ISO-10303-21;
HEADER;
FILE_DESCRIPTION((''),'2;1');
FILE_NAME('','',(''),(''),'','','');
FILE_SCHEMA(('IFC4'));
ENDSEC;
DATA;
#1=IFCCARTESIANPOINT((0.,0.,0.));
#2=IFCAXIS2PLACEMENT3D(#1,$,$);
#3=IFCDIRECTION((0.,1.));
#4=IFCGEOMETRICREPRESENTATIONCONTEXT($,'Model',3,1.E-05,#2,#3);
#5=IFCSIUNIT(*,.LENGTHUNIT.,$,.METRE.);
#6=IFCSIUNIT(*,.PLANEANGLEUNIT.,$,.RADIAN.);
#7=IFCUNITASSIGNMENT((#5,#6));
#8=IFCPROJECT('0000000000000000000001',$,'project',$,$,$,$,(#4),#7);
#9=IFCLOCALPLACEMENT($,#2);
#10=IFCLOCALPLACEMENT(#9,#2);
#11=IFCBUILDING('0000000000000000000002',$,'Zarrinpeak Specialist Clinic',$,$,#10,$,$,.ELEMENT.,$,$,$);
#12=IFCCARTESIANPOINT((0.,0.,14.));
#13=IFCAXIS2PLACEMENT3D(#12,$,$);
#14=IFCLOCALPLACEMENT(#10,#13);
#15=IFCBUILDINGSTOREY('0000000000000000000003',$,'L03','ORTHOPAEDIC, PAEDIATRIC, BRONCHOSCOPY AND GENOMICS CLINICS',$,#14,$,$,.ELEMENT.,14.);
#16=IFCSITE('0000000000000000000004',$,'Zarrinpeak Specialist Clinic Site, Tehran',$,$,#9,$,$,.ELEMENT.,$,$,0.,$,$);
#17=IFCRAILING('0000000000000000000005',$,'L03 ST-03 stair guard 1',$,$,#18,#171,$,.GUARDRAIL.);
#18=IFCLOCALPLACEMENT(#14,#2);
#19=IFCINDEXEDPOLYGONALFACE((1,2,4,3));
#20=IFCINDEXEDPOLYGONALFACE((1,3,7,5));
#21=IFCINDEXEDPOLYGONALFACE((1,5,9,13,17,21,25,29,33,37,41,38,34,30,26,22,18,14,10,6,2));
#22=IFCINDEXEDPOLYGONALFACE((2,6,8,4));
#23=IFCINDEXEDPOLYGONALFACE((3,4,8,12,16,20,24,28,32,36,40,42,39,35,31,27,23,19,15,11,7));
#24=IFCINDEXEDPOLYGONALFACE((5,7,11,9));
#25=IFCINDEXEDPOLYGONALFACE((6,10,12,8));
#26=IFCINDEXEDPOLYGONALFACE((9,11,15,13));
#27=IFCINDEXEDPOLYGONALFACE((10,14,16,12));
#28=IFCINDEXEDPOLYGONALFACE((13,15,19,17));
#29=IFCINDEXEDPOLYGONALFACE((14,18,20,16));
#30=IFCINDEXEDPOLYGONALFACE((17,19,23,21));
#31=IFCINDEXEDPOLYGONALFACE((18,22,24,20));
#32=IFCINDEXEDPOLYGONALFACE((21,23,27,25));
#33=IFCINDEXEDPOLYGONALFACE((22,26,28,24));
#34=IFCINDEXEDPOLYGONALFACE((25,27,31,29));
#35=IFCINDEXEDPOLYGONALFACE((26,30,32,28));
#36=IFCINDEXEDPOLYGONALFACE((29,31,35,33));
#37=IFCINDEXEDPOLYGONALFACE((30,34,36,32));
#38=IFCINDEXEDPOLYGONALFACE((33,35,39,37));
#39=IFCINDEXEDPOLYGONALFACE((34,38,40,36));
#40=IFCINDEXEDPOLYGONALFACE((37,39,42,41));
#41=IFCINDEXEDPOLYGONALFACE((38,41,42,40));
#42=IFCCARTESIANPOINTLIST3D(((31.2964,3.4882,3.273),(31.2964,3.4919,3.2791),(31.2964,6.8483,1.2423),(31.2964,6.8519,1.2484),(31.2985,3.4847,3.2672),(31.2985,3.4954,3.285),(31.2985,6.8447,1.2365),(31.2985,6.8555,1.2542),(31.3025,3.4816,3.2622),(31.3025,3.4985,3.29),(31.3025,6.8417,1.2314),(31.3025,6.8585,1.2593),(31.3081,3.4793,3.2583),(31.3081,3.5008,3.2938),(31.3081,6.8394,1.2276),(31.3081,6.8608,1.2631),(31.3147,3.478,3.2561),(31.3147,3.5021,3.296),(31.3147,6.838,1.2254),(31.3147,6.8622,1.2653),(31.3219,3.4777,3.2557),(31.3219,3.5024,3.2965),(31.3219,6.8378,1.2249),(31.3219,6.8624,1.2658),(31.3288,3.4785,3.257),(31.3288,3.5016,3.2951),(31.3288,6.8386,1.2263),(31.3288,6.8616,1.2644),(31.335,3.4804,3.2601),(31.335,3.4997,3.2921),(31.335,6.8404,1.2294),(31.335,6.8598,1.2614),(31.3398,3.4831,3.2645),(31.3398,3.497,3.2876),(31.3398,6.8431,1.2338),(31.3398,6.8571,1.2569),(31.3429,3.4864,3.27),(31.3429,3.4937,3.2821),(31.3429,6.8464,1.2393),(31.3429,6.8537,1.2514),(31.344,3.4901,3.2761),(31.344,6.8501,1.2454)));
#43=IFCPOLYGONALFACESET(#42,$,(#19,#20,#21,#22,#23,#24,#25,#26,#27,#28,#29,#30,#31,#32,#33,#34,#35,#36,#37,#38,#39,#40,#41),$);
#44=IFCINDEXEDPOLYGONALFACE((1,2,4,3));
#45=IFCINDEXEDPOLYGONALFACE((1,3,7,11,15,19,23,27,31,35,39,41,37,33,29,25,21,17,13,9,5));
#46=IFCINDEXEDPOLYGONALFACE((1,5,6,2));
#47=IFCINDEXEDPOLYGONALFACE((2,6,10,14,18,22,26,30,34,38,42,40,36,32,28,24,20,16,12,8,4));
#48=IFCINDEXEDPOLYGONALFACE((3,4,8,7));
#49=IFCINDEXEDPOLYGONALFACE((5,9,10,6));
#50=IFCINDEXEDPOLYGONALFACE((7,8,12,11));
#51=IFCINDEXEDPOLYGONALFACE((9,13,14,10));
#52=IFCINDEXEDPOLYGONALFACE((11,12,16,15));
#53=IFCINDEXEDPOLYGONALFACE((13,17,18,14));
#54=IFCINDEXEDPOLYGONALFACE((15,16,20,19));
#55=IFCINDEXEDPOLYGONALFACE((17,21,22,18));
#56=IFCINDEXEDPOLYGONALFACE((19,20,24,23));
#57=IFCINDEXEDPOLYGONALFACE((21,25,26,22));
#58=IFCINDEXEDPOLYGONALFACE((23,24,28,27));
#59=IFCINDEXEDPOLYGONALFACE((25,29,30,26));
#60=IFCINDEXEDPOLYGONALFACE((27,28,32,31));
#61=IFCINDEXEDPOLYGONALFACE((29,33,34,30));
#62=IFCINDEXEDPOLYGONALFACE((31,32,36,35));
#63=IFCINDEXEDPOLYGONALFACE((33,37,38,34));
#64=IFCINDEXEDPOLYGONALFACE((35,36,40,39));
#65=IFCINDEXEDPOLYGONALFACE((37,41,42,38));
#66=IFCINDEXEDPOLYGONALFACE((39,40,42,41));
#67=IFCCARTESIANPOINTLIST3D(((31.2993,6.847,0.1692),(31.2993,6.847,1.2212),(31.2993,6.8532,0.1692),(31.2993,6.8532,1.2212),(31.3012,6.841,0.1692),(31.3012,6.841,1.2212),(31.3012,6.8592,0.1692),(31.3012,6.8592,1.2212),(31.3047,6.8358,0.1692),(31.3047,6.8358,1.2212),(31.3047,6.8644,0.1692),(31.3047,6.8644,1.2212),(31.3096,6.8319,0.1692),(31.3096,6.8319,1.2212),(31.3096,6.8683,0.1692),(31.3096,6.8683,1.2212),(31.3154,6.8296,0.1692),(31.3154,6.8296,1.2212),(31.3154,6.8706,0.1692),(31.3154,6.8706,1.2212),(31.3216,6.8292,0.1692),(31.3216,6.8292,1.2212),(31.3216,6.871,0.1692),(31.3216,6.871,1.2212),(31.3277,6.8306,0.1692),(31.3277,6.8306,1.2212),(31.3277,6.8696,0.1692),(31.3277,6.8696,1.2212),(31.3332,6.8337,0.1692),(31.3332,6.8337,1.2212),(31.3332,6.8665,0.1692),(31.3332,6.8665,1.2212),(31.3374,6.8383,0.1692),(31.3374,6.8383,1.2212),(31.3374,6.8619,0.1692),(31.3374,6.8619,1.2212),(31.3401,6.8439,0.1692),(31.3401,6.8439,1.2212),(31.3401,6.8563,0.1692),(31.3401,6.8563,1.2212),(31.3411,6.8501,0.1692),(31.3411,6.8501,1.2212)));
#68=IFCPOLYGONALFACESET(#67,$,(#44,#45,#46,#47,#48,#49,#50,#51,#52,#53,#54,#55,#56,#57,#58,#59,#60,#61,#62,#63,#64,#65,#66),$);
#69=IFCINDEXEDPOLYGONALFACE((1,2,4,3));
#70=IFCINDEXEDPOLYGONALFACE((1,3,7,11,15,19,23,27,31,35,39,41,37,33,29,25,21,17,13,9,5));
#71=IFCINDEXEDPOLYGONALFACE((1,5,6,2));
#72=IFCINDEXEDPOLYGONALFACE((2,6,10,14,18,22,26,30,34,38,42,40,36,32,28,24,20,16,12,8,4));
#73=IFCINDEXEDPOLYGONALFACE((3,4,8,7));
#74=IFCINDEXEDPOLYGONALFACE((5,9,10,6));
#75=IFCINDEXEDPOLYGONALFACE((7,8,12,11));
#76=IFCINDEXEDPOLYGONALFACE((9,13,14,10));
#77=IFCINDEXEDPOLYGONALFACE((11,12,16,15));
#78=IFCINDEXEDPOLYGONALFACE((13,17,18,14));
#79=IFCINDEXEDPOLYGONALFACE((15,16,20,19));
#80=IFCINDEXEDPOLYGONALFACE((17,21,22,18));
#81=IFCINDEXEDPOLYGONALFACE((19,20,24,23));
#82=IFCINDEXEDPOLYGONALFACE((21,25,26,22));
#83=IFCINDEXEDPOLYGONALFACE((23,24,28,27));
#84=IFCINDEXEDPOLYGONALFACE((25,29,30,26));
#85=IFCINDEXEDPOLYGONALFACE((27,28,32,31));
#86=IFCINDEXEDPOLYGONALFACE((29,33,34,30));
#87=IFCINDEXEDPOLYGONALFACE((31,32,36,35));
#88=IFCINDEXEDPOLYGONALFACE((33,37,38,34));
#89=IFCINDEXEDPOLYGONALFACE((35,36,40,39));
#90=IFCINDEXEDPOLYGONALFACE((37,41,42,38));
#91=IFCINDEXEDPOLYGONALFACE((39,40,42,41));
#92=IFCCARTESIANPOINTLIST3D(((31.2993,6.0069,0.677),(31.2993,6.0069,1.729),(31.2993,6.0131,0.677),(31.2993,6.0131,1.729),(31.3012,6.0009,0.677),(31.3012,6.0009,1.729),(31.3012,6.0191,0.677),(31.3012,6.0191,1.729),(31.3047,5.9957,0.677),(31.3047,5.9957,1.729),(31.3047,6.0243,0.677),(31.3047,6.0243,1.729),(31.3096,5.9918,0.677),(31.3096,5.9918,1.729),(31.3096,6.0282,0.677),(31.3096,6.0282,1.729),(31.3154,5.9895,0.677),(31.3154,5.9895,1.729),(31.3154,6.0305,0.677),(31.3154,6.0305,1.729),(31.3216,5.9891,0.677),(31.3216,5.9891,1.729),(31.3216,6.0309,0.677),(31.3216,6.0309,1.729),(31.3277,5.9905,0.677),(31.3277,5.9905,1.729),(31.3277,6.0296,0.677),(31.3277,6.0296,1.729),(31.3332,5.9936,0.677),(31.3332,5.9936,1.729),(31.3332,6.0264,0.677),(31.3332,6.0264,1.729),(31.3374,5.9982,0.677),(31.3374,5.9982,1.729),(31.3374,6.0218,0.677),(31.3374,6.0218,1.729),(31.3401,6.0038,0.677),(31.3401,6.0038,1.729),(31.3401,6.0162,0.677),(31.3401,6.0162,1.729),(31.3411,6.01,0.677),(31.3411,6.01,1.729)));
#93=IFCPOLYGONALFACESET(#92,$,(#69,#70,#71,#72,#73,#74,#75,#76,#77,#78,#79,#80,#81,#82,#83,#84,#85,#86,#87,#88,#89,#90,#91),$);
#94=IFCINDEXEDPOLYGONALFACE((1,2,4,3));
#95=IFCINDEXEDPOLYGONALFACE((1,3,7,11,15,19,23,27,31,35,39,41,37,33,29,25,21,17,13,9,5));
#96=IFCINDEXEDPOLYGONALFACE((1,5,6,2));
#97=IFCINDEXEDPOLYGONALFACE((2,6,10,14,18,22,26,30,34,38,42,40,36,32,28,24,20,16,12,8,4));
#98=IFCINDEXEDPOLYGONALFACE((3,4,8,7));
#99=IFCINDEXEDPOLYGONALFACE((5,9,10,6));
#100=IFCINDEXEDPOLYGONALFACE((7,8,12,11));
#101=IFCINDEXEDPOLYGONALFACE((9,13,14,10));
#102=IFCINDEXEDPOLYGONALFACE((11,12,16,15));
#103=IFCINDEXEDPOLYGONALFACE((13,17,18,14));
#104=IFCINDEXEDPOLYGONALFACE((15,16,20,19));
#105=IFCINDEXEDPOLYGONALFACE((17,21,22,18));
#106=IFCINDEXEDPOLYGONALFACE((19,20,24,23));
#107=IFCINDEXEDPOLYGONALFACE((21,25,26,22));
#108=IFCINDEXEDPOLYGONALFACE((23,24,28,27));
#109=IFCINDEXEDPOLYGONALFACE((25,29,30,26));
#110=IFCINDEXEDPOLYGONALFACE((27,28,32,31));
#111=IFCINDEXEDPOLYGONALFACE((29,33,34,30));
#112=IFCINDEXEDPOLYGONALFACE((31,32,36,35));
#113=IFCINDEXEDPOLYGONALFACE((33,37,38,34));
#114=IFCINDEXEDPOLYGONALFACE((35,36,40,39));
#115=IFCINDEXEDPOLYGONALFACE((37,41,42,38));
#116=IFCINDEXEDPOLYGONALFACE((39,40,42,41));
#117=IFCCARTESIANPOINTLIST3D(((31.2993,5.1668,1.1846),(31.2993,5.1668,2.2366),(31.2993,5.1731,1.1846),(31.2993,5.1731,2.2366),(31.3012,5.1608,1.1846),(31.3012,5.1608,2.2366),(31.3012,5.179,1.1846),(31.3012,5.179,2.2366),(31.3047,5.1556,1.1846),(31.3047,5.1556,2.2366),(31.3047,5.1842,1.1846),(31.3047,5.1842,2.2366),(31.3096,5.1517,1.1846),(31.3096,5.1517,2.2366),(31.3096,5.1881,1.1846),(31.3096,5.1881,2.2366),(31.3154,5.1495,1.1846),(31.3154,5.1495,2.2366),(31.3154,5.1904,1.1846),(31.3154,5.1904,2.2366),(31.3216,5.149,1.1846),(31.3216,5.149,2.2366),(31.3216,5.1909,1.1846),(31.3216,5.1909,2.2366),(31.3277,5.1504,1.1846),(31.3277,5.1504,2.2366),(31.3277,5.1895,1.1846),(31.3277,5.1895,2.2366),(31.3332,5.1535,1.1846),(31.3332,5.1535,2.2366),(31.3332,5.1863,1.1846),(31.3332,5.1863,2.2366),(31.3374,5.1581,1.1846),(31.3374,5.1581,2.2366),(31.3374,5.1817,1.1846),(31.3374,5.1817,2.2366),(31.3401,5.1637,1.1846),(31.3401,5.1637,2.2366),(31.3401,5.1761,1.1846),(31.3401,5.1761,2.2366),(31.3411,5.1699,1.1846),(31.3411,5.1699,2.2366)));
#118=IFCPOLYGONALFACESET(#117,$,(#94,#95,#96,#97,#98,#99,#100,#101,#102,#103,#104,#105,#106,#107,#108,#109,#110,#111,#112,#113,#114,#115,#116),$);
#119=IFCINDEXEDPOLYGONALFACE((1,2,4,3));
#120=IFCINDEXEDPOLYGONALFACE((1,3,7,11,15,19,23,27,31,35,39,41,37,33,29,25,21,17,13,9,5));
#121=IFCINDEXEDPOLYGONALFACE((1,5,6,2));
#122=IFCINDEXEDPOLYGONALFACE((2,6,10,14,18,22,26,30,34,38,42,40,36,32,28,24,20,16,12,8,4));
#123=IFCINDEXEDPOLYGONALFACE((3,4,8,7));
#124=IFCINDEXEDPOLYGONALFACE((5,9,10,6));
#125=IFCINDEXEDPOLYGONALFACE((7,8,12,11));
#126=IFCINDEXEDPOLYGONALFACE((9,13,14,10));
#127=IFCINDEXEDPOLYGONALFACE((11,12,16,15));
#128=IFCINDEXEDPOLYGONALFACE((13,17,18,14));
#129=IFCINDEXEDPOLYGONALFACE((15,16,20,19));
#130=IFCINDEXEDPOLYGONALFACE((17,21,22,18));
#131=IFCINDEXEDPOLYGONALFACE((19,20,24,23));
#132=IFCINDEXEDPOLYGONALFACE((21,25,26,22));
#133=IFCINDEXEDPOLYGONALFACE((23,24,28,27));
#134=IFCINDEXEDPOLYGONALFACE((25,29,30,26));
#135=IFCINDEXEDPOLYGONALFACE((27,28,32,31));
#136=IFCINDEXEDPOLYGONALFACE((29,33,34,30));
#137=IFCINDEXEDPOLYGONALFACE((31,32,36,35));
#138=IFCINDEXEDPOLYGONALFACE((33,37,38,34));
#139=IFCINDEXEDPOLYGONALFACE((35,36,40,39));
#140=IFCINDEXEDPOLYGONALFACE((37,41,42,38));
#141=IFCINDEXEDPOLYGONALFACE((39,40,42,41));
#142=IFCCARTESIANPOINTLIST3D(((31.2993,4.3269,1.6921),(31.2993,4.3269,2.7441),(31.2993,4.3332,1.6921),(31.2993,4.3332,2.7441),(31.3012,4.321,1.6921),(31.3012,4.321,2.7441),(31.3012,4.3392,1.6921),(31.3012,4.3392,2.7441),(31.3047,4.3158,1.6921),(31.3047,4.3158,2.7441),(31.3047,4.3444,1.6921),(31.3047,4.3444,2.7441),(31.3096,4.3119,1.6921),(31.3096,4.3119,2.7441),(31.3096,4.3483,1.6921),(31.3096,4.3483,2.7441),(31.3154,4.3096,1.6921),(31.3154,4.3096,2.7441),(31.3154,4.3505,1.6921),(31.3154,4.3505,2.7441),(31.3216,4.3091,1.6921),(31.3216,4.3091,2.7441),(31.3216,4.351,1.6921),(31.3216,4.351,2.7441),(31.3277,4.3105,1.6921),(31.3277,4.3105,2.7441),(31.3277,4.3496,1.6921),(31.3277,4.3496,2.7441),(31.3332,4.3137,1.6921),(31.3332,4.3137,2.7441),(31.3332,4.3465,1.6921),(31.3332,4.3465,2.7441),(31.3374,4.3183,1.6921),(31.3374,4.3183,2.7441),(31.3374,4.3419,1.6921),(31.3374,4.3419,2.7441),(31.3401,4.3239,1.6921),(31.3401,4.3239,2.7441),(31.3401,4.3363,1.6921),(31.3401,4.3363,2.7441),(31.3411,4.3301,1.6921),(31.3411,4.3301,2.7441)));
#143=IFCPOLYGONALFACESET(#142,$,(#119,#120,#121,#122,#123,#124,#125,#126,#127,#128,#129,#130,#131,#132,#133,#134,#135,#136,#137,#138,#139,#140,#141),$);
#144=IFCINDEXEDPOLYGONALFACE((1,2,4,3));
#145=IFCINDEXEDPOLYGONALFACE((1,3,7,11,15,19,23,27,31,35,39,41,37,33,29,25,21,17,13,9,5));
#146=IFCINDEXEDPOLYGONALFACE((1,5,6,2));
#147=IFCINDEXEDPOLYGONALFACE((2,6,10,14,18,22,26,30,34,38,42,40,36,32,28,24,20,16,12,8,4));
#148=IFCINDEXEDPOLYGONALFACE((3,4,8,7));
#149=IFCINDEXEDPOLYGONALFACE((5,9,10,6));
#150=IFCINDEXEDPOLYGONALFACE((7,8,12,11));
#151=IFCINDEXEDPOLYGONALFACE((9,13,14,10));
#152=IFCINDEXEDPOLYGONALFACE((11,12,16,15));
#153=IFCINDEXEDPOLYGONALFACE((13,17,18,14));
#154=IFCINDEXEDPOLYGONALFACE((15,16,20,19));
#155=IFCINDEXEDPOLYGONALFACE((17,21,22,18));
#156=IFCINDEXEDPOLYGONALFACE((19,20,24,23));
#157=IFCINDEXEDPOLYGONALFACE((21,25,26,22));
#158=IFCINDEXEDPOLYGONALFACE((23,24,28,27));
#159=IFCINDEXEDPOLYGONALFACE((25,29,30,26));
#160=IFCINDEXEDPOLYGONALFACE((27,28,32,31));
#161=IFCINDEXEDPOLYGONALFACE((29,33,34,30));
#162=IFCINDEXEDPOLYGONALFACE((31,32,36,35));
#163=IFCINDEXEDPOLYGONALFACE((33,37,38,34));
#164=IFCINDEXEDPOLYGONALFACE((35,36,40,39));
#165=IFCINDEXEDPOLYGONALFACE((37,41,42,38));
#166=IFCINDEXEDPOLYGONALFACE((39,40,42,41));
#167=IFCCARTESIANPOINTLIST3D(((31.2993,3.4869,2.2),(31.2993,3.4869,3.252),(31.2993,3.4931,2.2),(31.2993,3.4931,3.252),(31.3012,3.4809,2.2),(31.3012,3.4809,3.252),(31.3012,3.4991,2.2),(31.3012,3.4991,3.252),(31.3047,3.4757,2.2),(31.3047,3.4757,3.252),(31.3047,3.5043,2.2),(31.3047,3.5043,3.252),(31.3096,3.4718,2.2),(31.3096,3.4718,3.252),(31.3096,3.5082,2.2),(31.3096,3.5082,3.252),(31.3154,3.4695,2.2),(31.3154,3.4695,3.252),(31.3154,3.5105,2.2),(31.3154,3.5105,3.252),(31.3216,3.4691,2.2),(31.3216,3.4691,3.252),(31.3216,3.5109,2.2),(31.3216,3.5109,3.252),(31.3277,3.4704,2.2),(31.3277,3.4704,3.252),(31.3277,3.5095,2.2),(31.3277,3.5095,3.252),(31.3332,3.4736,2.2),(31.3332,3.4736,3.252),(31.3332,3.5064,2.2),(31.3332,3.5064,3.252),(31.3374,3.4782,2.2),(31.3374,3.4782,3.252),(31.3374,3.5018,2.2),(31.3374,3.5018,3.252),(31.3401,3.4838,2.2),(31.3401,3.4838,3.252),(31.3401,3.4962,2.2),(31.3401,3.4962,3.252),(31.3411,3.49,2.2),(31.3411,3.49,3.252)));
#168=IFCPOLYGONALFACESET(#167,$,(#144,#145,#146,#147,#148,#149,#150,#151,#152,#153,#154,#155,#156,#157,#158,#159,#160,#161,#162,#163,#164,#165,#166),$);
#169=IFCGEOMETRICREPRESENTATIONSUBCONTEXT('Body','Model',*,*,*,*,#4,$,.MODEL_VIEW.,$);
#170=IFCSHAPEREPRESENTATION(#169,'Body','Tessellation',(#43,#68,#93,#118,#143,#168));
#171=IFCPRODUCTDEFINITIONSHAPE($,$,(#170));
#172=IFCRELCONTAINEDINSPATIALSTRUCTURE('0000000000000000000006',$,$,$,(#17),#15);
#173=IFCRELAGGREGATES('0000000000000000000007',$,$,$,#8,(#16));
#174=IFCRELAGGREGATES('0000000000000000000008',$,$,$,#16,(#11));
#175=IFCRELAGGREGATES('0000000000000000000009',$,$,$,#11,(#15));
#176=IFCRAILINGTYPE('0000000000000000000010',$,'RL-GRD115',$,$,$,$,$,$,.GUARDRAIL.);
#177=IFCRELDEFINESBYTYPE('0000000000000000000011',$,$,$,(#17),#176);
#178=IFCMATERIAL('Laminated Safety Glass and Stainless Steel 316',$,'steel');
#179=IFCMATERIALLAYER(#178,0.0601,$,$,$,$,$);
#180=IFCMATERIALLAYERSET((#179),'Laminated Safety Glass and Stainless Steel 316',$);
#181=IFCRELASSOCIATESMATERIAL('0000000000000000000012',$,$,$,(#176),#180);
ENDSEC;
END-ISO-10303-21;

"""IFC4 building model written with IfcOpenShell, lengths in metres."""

from ifc_helpers import new_model, si_unit, direction, frame, origin, origin_2d, place, context, subcontext, project, spatial, circle, extrude, material, layer, layer_set, type_object, element, save


model = new_model("IFC4")

# Units and contexts
model_context = context("Model", 3, precision=1e-05, world=origin(), true_north=direction((0.0, 1.0)))
body_context = subcontext(model_context, "Body", "Model", "MODEL_VIEW")
ifc_project = project(units=[si_unit("LENGTHUNIT", "METRE"), si_unit("PLANEANGLEUNIT", "RADIAN")], contexts=[model_context])

# Site, building, storey
site_placement = place(None, origin())
site = spatial("IfcSite", under=ifc_project, at=site_placement, Name="Zarrinpeak Specialist Clinic Site, Tehran", CompositionType="ELEMENT", RefElevation=0.0)
building_placement = place(site_placement, origin())
building = spatial("IfcBuilding", under=site, at=building_placement, Name="Zarrinpeak Specialist Clinic", CompositionType="ELEMENT")
storey_placement = place(building_placement, frame((0.0, 0.0, 14.0)))
storey = spatial("IfcBuildingStorey", under=building, at=storey_placement, Name="L03", Description="ORTHOPAEDIC, PAEDIATRIC, BRONCHOSCOPY AND GENOMICS CLINICS", CompositionType="ELEMENT", Elevation=14.0)

# Railing
ifc_material_1 = material(Name="Laminated Safety Glass and Stainless Steel 316", Category="steel")
ifc_layer_1 = layer(ifc_material_1, 0.0601)
ifc_layer_set_1 = layer_set([ifc_layer_1], Name="Laminated Safety Glass and Stainless Steel 316")
railing_type_1 = type_object("IfcRailingType", Name="RL-GRD115", PredefinedType="GUARDRAIL", material=ifc_layer_set_1)
railing_1_placement = place(storey_placement, frame((31.3201, 6.8501, 0.1692)))
element("IfcRailing", 1, at=railing_1_placement, inside=storey, type_object=railing_type_1, Name="L03 ST-03 stair guard 1", PredefinedType="GUARDRAIL", context=body_context, shape_type="SweptSolid", body=[
    extrude(circle(Radius=0.0239, at=origin_2d()), frame((0.0, 0.0, 1.0762), z_axis=(0.0, -0.855837, 0.517246), x_axis=(1.0, 0.0, 0.0)), (0.0, 0.0, 1.0), 3.926),
    extrude(circle(Radius=0.021, at=origin_2d()), origin(), (0.0, 0.0, 1.0), 1.052),
    extrude(circle(Radius=0.021, at=origin_2d()), frame((0.0, -0.8401, 0.5078)), (0.0, 0.0, 1.0), 1.052),
    extrude(circle(Radius=0.021, at=origin_2d()), frame((0.0, -1.6802, 1.0154)), (0.0, 0.0, 1.0), 1.052),
    extrude(circle(Radius=0.021, at=origin_2d()), frame((0.0, -2.52, 1.5229)), (0.0, 0.0, 1.0), 1.052),
    extrude(circle(Radius=0.021, at=origin_2d()), frame((0.0, -3.3601, 2.0308)), (0.0, 0.0, 1.0), 1.052),
])

save(model, "model.ifc")
